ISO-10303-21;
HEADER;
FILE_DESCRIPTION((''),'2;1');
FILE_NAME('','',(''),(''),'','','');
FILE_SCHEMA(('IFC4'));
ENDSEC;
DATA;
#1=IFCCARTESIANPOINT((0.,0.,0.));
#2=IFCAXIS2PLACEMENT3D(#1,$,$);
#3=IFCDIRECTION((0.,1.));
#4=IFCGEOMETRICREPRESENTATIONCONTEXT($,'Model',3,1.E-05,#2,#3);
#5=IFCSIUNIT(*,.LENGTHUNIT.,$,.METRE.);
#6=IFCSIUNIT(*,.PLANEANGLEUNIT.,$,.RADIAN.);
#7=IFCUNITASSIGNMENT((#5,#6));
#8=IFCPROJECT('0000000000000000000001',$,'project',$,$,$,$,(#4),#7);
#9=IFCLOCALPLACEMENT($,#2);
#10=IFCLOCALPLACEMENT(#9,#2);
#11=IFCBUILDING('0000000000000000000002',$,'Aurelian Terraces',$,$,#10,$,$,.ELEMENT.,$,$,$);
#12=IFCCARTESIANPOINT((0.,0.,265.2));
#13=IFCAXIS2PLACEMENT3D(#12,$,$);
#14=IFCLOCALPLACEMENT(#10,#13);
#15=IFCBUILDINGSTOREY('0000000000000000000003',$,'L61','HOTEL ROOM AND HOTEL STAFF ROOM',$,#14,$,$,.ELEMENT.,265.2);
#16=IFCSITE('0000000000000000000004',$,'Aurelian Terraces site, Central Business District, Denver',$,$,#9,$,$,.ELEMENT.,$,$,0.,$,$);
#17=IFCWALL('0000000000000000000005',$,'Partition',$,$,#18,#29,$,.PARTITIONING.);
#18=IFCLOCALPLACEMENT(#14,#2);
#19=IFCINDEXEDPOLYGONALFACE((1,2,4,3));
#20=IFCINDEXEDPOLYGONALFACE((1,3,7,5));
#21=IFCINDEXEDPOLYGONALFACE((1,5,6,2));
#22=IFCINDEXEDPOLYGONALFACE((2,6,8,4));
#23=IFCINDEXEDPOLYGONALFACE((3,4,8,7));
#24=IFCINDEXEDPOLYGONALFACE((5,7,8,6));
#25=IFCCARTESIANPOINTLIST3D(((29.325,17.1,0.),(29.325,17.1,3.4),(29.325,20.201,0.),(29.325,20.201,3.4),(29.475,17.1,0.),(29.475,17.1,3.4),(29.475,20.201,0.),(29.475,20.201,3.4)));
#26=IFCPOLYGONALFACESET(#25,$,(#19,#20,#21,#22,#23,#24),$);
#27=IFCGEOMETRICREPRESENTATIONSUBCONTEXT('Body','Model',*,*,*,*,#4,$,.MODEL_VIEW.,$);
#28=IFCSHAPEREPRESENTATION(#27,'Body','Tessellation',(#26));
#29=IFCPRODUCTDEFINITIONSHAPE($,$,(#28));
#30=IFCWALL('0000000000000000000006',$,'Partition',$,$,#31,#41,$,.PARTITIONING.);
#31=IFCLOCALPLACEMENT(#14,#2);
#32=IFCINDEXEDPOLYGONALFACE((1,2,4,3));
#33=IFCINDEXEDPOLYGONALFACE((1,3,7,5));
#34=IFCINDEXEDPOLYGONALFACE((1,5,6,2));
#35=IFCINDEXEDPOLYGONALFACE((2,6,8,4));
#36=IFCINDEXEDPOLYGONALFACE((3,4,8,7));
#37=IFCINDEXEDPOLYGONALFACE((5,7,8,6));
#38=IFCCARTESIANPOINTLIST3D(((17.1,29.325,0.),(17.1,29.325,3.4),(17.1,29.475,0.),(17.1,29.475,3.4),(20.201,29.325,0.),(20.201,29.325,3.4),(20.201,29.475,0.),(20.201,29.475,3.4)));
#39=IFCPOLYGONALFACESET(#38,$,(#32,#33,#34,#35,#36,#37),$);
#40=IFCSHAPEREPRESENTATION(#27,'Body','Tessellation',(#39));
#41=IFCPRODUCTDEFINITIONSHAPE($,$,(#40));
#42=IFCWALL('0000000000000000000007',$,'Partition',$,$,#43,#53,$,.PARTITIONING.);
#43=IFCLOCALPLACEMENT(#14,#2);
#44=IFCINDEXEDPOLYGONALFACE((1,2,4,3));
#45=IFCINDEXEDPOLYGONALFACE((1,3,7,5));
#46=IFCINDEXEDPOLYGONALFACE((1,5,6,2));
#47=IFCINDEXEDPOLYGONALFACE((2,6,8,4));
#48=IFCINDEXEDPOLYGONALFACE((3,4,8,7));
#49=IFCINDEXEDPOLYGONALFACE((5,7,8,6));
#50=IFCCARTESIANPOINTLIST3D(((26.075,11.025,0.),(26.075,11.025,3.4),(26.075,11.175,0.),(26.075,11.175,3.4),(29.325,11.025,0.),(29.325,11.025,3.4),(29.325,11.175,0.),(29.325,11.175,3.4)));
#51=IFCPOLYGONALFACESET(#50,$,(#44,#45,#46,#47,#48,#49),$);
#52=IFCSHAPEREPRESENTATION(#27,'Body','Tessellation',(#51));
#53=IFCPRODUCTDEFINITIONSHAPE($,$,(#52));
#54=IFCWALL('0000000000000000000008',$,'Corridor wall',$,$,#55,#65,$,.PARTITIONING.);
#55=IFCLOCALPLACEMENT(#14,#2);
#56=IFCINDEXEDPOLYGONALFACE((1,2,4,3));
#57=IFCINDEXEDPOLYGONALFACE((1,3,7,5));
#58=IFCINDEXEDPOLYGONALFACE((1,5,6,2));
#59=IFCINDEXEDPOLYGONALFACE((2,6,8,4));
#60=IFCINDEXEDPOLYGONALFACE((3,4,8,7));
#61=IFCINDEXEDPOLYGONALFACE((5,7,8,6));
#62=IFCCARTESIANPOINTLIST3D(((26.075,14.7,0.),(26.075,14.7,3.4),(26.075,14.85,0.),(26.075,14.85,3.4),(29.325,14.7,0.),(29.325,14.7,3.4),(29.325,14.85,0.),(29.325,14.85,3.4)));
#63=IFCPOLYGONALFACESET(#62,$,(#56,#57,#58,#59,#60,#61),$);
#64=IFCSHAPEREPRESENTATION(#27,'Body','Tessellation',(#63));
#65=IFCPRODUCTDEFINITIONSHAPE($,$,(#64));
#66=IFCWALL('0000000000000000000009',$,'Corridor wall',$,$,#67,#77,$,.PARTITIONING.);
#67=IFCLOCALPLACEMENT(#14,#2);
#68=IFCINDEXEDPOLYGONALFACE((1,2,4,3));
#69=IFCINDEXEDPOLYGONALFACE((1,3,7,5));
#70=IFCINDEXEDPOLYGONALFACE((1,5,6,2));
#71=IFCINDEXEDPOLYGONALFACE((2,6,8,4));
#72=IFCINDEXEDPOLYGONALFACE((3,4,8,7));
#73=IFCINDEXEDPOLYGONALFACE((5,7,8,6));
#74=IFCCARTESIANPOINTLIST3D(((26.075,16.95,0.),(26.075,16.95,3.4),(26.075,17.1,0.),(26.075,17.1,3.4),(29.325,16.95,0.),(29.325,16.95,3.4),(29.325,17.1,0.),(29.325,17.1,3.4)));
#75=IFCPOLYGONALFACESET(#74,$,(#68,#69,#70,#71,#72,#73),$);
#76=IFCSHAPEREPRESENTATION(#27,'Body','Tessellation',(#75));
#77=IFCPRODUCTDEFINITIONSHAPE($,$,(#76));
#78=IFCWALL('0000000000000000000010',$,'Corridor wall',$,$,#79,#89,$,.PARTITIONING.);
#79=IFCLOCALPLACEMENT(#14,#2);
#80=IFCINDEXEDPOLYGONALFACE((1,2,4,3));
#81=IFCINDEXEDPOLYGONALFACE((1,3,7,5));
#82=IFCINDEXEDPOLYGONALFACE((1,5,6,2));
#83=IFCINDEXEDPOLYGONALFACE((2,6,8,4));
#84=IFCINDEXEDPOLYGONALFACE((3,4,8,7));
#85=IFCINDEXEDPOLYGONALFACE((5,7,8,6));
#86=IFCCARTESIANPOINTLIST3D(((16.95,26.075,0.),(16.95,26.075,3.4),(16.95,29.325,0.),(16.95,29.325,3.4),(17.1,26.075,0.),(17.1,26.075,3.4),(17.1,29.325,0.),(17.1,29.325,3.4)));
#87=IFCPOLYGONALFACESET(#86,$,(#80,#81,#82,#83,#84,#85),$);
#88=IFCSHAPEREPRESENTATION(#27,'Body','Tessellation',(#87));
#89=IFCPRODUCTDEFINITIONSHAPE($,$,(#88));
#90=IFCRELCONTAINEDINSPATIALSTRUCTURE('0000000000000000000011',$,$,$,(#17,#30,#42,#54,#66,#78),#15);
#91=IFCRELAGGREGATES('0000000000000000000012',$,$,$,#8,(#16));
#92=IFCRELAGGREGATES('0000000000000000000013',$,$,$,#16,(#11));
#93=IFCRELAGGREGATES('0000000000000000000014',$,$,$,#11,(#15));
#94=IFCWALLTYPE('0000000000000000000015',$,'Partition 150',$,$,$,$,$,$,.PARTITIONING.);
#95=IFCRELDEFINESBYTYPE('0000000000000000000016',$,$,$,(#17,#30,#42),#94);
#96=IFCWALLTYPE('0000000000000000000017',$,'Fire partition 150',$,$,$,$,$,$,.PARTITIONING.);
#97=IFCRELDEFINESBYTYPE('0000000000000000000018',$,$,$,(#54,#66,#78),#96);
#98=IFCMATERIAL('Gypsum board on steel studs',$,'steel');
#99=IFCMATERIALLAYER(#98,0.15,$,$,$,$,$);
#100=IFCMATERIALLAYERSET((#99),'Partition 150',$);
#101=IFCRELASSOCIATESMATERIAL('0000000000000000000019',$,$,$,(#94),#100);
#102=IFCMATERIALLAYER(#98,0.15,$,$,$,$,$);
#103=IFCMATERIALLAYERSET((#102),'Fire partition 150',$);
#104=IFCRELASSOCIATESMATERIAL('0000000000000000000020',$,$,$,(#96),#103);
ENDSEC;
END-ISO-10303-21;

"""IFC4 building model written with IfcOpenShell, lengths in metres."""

from ifc_helpers import new_model, si_unit, direction, frame, frame_2d, origin, place, context, subcontext, project, spatial, rectangle, extrude, source, transform, mapped, material, layer, layer_set, type_object, element, save


model = new_model("IFC4")

# Units and contexts
model_context = context("Model", 3, precision=1e-05, world=origin(), true_north=direction((0.0, 1.0)))
body_context = subcontext(model_context, "Body", "Model", "MODEL_VIEW")
ifc_project = project(units=[si_unit("LENGTHUNIT", "METRE"), si_unit("PLANEANGLEUNIT", "RADIAN")], contexts=[model_context])

# Site, building, storey
site_placement = place(None, origin())
site = spatial("IfcSite", under=ifc_project, at=site_placement, Name="Aurelian Terraces site, Central Business District, Denver", CompositionType="ELEMENT", RefElevation=0.0)
building_placement = place(site_placement, origin())
building = spatial("IfcBuilding", under=site, at=building_placement, Name="Aurelian Terraces", CompositionType="ELEMENT")
storey_placement = place(building_placement, frame((0.0, 0.0, 265.2)))
storey = spatial("IfcBuildingStorey", under=building, at=storey_placement, Name="L61", Description="HOTEL ROOM AND HOTEL STAFF ROOM", CompositionType="ELEMENT", Elevation=265.2)

# Shared definitions
ifc_material_1 = material(Name="Gypsum board on steel studs", Category="steel")
ifc_layer_1 = layer(ifc_material_1, 0.15)
ifc_layer_set_1 = layer_set([ifc_layer_1], Name="Partition 150")
wall_type_1 = type_object("IfcWallType", Name="Partition 150", PredefinedType="PARTITIONING", material=ifc_layer_set_1)

# Shared definitions
ifc_layer_2 = layer(ifc_material_1, 0.15)
ifc_layer_set_2 = layer_set([ifc_layer_2], Name="Fire partition 150")
wall_type_2 = type_object("IfcWallType", Name="Fire partition 150", PredefinedType="PARTITIONING", material=ifc_layer_set_2)

# Walls
shared_shape_1 = source(origin(), body_context, "Body", "SweptSolid", [
    extrude(rectangle(XDim=3.101, YDim=0.15, at=frame_2d((1.5505, 0.0))), origin(), (0.0, 0.0, 1.0), 3.4),
])
for number, where, z_axis, x_axis, name in (
    (1, (29.4, 17.1, 0.0), (0.0, 0.0, 1.0), (0.0, 1.0, 0.0), "Partition"),
    (2, (20.201, 29.4, 0.0), (0.0, 0.0, 1.0), (-1.0, 0.0, 0.0), "Partition"),
):
    element("IfcWall", number, at=place(storey_placement, frame(where, z_axis=z_axis, x_axis=x_axis)), inside=storey, type_object=wall_type_1, Name=name, PredefinedType="PARTITIONING", context=body_context, shape_type="MappedRepresentation", body=[
        mapped(shared_shape_1, transform((0.0, 0.0, 0.0), scale=1.0)),
    ])
shared_shape_2 = source(origin(), body_context, "Body", "SweptSolid", [
    extrude(rectangle(XDim=3.25, YDim=0.15, at=frame_2d((1.625, 0.0))), origin(), (0.0, 0.0, 1.0), 3.4),
])
wall_1_placement = place(storey_placement, frame((29.325, 11.1, 0.0), z_axis=(0.0, 0.0, 1.0), x_axis=(-1.0, 0.0, 0.0)))
element("IfcWall", 3, at=wall_1_placement, inside=storey, type_object=wall_type_1, Name="Partition", PredefinedType="PARTITIONING", context=body_context, shape_type="MappedRepresentation", body=[
    mapped(shared_shape_2, transform((0.0, 0.0, 0.0), scale=1.0)),
])
for number, where, z_axis, x_axis, name in (
    (4, (29.325, 14.775, 0.0), (0.0, 0.0, 1.0), (-1.0, 0.0, 0.0), "Corridor wall"),
    (5, (26.075, 17.025, 0.0), (0.0, 0.0, 1.0), (1.0, 0.0, 0.0), "Corridor wall"),
    (6, (17.025, 29.325, 0.0), (0.0, 0.0, 1.0), (0.0, -1.0, 0.0), "Corridor wall"),
):
    element("IfcWall", number, at=place(storey_placement, frame(where, z_axis=z_axis, x_axis=x_axis)), inside=storey, type_object=wall_type_2, Name=name, PredefinedType="PARTITIONING", context=body_context, shape_type="MappedRepresentation", body=[
        mapped(shared_shape_2, transform((0.0, 0.0, 0.0), scale=1.0)),
    ])

save(model, "model.ifc")
